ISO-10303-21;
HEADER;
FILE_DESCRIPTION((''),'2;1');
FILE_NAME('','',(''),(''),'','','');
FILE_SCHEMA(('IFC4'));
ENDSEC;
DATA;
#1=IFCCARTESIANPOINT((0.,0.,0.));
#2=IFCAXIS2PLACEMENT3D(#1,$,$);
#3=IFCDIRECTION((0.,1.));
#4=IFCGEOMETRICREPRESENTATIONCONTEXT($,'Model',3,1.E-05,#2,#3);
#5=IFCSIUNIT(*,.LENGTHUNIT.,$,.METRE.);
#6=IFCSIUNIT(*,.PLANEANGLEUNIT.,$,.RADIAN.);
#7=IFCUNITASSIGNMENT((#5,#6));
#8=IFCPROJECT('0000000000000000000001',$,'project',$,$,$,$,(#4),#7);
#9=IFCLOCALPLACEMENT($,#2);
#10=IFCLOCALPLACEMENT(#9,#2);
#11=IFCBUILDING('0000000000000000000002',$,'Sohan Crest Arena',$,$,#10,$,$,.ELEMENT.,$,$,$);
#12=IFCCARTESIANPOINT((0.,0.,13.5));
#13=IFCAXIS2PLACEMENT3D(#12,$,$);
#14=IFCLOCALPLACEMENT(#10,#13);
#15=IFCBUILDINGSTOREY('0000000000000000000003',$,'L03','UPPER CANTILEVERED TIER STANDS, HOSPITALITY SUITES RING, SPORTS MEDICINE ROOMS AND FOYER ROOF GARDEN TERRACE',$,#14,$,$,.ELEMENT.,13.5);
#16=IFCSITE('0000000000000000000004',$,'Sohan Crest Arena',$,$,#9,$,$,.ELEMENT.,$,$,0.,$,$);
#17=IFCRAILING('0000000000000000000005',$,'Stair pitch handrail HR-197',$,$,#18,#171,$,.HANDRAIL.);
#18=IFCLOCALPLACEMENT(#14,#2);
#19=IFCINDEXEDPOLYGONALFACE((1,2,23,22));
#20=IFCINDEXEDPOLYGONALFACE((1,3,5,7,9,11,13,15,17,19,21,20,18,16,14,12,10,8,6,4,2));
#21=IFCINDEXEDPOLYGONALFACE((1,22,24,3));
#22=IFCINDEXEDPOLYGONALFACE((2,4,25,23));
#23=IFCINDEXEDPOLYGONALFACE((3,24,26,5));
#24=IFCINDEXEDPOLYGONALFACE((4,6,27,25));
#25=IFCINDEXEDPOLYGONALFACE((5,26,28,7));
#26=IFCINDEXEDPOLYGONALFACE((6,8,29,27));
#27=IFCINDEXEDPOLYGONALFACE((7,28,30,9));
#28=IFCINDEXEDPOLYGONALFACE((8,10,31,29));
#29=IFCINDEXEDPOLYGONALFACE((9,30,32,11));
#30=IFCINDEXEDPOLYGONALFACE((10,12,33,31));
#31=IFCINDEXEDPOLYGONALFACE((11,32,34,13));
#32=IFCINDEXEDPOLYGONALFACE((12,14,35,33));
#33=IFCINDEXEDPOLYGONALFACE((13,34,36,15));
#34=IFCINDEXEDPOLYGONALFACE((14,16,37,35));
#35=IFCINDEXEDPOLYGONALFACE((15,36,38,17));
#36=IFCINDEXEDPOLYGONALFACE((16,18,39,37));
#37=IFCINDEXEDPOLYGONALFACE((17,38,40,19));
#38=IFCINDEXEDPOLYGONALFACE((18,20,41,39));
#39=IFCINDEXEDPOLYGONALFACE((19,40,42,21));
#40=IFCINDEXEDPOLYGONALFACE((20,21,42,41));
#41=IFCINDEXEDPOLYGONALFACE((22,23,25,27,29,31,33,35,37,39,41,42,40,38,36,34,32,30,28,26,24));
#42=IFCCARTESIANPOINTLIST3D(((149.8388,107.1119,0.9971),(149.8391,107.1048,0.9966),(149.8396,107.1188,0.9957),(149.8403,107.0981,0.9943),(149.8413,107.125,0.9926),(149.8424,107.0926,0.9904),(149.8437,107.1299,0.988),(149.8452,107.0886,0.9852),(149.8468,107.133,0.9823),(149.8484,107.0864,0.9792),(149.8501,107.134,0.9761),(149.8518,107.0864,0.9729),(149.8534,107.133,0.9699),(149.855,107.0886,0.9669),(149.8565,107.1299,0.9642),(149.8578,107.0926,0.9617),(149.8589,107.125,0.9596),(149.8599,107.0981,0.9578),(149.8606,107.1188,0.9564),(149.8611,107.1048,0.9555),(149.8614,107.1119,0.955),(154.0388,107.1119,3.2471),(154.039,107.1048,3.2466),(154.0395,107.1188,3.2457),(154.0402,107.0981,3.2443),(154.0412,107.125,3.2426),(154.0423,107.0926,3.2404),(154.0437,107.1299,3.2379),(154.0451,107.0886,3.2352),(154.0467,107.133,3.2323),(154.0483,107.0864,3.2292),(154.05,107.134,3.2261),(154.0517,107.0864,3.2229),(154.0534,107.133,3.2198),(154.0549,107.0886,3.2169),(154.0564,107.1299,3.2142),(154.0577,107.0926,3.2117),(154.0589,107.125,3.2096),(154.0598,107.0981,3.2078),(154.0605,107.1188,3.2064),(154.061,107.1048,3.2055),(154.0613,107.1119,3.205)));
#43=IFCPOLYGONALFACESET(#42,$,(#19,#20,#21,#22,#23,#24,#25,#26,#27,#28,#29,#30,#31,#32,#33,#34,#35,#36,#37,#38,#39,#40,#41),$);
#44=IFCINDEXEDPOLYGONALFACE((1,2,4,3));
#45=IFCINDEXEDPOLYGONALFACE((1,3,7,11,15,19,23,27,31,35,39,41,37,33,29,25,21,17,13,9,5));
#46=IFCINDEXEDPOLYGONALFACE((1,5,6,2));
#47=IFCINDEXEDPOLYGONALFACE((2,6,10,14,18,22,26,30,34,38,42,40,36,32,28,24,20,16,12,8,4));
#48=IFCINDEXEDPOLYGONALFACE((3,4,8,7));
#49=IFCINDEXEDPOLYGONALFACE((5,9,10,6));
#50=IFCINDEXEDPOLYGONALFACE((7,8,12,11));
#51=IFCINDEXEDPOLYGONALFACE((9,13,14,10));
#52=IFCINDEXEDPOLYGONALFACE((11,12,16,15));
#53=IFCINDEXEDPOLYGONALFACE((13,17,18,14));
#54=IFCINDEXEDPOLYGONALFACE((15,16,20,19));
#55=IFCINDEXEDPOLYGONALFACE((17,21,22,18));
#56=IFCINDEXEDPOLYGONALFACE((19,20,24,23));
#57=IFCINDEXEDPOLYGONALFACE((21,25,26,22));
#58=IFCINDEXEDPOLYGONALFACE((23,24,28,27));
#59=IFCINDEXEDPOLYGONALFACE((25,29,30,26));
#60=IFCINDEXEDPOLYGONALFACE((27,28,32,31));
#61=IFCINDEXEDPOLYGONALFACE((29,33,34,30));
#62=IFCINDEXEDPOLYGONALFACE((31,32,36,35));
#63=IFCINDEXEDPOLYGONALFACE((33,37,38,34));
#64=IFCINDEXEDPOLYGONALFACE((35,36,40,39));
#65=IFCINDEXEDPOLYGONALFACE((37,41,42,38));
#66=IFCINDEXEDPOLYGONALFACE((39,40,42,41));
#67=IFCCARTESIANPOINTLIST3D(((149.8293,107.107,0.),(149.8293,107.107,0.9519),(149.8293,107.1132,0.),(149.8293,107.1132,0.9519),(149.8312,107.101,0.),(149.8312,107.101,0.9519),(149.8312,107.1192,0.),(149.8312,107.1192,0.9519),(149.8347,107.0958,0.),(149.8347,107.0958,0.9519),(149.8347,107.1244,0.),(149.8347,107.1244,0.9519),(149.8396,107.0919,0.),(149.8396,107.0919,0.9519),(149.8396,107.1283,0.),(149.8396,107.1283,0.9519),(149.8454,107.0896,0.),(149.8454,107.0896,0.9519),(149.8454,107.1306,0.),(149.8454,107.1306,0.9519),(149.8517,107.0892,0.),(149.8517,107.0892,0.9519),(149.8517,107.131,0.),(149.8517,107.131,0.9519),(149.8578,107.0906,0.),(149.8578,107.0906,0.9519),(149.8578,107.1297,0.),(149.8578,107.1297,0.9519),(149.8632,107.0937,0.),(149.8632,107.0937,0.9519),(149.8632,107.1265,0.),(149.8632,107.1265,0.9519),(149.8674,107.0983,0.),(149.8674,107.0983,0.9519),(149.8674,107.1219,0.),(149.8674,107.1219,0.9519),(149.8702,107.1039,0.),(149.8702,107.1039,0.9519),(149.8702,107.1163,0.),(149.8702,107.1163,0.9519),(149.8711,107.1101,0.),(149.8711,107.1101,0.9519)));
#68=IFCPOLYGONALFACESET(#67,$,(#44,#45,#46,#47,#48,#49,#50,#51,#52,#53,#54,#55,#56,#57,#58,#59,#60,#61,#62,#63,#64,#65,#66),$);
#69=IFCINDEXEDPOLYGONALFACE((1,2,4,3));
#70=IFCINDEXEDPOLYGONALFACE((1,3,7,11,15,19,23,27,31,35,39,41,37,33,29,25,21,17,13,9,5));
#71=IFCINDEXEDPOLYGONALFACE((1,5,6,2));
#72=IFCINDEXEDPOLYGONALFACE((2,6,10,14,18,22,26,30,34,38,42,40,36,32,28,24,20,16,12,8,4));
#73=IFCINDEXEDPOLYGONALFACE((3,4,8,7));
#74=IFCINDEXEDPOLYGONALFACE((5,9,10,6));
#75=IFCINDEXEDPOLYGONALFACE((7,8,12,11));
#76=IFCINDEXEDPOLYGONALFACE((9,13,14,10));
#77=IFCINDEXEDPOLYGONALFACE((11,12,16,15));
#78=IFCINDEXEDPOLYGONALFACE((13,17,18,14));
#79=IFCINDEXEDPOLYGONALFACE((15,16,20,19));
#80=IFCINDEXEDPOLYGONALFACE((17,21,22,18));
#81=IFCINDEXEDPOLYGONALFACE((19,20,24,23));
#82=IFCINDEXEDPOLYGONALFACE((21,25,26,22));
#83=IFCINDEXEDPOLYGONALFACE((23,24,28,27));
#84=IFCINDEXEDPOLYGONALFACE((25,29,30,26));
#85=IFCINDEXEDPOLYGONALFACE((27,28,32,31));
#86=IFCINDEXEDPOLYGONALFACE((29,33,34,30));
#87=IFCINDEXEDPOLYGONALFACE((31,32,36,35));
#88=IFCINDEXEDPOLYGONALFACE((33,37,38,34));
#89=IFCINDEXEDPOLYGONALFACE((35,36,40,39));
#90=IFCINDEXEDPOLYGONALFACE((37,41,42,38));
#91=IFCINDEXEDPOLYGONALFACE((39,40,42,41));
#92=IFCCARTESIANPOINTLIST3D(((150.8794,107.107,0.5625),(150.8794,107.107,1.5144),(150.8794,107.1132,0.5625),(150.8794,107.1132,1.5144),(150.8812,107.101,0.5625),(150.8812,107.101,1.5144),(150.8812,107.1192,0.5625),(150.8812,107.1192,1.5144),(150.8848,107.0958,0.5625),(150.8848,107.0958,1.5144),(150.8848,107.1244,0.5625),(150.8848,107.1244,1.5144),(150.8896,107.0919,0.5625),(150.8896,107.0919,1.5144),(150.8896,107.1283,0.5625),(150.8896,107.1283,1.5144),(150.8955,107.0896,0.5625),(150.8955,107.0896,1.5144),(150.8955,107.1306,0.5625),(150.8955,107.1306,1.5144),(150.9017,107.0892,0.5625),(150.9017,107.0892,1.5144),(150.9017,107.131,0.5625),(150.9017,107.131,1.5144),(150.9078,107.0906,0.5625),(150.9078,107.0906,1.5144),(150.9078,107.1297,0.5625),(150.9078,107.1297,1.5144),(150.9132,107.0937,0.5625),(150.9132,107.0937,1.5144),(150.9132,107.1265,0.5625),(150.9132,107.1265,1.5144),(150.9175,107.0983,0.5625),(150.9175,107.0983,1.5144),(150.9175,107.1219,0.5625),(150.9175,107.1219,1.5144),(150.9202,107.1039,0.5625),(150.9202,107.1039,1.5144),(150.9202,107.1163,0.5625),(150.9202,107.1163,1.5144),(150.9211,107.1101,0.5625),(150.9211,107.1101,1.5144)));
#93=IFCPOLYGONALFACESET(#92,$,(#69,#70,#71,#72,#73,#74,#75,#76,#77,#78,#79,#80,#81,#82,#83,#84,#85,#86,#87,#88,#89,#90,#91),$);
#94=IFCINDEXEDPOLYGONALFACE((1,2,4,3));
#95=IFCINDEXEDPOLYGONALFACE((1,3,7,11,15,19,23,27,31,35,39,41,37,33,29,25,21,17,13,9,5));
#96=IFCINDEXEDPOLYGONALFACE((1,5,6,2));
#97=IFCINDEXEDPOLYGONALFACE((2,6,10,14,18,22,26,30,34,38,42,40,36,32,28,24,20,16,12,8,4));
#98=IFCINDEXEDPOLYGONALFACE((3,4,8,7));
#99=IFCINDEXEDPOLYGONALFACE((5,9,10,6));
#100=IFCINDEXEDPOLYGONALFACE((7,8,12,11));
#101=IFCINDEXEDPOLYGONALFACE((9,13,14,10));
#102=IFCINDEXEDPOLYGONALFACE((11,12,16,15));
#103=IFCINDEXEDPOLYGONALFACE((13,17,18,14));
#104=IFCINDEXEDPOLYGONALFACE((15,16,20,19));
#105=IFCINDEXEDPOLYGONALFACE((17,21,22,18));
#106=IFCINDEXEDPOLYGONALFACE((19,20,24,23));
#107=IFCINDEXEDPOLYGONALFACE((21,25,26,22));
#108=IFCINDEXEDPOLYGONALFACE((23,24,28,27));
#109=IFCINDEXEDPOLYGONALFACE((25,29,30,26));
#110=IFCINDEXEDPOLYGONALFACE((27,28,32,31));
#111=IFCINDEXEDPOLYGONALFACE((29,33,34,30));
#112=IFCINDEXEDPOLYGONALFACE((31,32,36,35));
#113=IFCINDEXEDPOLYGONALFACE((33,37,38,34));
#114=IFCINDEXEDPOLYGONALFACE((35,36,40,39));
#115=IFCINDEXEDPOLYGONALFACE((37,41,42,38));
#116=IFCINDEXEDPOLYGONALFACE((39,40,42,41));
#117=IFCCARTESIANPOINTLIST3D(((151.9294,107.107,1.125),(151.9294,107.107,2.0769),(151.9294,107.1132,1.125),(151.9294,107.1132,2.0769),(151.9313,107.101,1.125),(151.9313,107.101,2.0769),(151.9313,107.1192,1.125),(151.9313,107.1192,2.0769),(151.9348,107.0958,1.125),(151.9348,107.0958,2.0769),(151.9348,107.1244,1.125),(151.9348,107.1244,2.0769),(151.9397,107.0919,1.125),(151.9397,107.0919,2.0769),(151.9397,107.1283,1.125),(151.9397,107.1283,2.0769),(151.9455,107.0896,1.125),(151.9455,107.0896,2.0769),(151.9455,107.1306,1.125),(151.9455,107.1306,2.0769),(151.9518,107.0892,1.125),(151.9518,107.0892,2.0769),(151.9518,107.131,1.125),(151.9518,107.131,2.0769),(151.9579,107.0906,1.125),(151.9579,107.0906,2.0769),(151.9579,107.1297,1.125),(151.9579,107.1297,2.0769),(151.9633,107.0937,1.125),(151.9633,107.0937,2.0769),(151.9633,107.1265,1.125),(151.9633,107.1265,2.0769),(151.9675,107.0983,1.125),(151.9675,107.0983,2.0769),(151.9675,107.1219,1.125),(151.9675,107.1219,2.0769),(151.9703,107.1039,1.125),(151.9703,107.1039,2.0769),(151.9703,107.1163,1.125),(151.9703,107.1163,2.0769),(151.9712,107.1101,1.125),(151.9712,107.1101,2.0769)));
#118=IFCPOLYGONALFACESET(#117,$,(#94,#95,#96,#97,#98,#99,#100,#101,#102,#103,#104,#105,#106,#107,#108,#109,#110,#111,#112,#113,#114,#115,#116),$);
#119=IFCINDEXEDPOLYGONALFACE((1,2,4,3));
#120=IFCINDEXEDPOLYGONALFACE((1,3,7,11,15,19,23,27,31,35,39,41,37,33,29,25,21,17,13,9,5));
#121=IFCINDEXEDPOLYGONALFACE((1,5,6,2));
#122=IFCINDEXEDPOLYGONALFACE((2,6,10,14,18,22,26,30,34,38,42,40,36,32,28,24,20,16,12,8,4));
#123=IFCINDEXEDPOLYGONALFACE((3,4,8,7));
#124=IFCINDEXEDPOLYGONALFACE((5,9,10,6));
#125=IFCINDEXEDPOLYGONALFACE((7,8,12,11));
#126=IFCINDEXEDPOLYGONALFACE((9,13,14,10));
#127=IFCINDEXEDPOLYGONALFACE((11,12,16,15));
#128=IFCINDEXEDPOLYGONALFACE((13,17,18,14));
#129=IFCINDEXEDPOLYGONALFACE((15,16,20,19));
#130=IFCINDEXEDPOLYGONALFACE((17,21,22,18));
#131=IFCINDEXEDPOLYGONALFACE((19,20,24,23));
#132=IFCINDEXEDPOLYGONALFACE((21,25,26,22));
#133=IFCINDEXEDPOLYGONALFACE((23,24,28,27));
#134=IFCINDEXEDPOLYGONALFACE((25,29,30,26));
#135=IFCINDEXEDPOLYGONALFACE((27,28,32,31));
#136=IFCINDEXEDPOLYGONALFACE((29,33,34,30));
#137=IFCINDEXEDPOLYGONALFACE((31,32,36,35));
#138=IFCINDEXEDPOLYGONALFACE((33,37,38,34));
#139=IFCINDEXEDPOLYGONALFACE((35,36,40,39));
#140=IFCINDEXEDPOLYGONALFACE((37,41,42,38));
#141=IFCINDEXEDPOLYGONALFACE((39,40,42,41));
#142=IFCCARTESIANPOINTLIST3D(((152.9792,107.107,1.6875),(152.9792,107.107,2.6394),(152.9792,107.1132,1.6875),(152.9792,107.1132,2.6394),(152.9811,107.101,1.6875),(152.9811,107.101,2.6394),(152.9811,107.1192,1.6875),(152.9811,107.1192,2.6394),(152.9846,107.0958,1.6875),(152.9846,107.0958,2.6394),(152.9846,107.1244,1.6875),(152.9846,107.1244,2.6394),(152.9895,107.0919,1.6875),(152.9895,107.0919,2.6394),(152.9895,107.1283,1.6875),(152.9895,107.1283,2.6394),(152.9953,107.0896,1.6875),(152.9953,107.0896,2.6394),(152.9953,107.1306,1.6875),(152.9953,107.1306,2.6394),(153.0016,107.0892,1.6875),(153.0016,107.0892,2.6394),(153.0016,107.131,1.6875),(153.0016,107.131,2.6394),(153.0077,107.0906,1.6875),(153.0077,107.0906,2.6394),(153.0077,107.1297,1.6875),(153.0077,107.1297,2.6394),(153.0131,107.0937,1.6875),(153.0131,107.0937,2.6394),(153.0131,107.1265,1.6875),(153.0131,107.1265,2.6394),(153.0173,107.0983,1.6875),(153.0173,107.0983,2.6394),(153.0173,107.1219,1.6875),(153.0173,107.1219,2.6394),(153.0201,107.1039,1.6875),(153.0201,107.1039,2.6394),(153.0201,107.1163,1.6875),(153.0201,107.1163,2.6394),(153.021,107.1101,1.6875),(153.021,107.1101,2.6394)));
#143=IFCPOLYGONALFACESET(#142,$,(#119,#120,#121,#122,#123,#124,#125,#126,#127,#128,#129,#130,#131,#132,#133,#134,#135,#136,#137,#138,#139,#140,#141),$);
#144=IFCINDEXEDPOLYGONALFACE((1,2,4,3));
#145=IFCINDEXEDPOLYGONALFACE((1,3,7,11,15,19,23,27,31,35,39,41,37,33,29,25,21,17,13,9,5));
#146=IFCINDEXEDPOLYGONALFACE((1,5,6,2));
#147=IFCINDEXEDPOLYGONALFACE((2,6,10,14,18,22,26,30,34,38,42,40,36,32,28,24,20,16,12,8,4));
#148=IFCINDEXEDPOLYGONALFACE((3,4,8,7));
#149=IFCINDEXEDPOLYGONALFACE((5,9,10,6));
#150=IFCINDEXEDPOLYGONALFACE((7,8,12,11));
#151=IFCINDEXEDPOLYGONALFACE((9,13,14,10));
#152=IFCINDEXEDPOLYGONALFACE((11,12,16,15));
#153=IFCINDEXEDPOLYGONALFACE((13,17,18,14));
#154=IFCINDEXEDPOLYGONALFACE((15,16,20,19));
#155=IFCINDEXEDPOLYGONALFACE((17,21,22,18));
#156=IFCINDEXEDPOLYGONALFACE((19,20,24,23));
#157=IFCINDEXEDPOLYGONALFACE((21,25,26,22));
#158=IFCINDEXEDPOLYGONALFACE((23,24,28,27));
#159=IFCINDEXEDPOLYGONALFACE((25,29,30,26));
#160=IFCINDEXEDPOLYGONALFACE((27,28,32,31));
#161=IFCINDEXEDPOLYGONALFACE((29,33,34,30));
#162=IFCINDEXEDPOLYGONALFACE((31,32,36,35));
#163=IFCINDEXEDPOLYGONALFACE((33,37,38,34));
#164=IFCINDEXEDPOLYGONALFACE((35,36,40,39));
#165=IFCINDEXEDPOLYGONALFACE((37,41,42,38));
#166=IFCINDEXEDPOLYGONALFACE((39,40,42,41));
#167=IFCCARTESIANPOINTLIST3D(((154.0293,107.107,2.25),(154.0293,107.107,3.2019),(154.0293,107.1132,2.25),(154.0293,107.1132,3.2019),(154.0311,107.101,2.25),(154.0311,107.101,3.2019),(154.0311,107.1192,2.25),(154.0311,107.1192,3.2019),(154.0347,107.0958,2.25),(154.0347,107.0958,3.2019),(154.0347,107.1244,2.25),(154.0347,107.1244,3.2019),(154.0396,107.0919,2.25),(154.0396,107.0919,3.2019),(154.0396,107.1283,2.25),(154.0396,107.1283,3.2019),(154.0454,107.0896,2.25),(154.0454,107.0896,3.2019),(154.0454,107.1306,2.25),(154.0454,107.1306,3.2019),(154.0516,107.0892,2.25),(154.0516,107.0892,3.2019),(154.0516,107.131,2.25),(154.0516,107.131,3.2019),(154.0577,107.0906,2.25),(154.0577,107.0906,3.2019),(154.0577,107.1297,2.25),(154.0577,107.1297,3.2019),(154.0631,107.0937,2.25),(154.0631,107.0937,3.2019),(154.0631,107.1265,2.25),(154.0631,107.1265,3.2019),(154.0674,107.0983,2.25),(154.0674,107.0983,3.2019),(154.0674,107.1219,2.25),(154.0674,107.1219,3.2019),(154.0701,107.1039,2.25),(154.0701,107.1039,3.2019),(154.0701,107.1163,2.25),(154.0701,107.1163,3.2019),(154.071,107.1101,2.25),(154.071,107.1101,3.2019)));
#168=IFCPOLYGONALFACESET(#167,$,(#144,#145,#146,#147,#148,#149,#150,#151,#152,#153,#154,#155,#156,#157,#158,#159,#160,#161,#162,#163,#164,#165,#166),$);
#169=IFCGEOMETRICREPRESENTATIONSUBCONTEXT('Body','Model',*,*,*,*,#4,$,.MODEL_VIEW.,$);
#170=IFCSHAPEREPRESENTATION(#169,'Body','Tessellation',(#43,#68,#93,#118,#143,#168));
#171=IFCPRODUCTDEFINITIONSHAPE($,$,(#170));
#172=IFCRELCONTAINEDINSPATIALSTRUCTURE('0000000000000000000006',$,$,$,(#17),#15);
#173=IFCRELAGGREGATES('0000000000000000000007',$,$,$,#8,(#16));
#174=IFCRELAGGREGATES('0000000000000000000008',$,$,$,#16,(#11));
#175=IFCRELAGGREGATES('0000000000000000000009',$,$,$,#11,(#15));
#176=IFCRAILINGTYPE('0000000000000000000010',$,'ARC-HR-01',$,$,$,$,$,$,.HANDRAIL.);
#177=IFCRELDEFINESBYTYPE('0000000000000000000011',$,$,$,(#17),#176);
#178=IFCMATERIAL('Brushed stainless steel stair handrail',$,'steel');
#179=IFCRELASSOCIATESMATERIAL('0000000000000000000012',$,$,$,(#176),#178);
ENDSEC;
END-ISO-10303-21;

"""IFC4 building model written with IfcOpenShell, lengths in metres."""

from ifc_helpers import new_model, si_unit, direction, frame, origin, origin_2d, place, context, subcontext, project, spatial, circle, extrude, material, type_object, element, save


model = new_model("IFC4")

# Units and contexts
model_context = context("Model", 3, precision=1e-05, world=origin(), true_north=direction((0.0, 1.0)))
body_context = subcontext(model_context, "Body", "Model", "MODEL_VIEW")
ifc_project = project(units=[si_unit("LENGTHUNIT", "METRE"), si_unit("PLANEANGLEUNIT", "RADIAN")], contexts=[model_context])

# Site, building, storey
site_placement = place(None, origin())
site = spatial("IfcSite", under=ifc_project, at=site_placement, Name="Sohan Crest Arena", CompositionType="ELEMENT", RefElevation=0.0)
building_placement = place(site_placement, origin())
building = spatial("IfcBuilding", under=site, at=building_placement, Name="Sohan Crest Arena", CompositionType="ELEMENT")
storey_placement = place(building_placement, frame((0.0, 0.0, 13.5)))
storey = spatial("IfcBuildingStorey", under=building, at=storey_placement, Name="L03", Description="UPPER CANTILEVERED TIER STANDS, HOSPITALITY SUITES RING, SPORTS MEDICINE ROOMS AND FOYER ROOF GARDEN TERRACE", CompositionType="ELEMENT", Elevation=13.5)

# Railing
ifc_material_1 = material(Name="Brushed stainless steel stair handrail", Category="steel")
railing_type = type_object("IfcRailingType", Name="ARC-HR-01", PredefinedType="HANDRAIL", material=ifc_material_1)
for number, where, name in (
    (1, (149.8501, 107.1101, 0.0), "Stair pitch handrail HR-197"),
):
    element("IfcRailing", number, at=place(storey_placement, frame(where)), inside=storey, type_object=railing_type, Name=name, PredefinedType="HANDRAIL", context=body_context, shape_type="SweptSolid", body=[
        extrude(circle(Radius=0.0239, at=origin_2d()), frame((0.0, 0.0, 0.9761), z_axis=(0.881478, 0.0, 0.472226), x_axis=(0.0, 1.0, 0.0)), (0.0, 0.0, 1.0), 4.7646),
        extrude(circle(Radius=0.021, at=origin_2d()), origin(), (0.0, 0.0, 1.0), 0.9519),
        extrude(circle(Radius=0.021, at=origin_2d()), frame((1.05, 0.0, 0.5625)), (0.0, 0.0, 1.0), 0.9519),
        extrude(circle(Radius=0.021, at=origin_2d()), frame((2.1001, 0.0, 1.125)), (0.0, 0.0, 1.0), 0.9519),
        extrude(circle(Radius=0.021, at=origin_2d()), frame((3.1499, 0.0, 1.6875)), (0.0, 0.0, 1.0), 0.9519),
        extrude(circle(Radius=0.021, at=origin_2d()), frame((4.2, 0.0, 2.25)), (0.0, 0.0, 1.0), 0.9519),
    ])

save(model, "model.ifc")
